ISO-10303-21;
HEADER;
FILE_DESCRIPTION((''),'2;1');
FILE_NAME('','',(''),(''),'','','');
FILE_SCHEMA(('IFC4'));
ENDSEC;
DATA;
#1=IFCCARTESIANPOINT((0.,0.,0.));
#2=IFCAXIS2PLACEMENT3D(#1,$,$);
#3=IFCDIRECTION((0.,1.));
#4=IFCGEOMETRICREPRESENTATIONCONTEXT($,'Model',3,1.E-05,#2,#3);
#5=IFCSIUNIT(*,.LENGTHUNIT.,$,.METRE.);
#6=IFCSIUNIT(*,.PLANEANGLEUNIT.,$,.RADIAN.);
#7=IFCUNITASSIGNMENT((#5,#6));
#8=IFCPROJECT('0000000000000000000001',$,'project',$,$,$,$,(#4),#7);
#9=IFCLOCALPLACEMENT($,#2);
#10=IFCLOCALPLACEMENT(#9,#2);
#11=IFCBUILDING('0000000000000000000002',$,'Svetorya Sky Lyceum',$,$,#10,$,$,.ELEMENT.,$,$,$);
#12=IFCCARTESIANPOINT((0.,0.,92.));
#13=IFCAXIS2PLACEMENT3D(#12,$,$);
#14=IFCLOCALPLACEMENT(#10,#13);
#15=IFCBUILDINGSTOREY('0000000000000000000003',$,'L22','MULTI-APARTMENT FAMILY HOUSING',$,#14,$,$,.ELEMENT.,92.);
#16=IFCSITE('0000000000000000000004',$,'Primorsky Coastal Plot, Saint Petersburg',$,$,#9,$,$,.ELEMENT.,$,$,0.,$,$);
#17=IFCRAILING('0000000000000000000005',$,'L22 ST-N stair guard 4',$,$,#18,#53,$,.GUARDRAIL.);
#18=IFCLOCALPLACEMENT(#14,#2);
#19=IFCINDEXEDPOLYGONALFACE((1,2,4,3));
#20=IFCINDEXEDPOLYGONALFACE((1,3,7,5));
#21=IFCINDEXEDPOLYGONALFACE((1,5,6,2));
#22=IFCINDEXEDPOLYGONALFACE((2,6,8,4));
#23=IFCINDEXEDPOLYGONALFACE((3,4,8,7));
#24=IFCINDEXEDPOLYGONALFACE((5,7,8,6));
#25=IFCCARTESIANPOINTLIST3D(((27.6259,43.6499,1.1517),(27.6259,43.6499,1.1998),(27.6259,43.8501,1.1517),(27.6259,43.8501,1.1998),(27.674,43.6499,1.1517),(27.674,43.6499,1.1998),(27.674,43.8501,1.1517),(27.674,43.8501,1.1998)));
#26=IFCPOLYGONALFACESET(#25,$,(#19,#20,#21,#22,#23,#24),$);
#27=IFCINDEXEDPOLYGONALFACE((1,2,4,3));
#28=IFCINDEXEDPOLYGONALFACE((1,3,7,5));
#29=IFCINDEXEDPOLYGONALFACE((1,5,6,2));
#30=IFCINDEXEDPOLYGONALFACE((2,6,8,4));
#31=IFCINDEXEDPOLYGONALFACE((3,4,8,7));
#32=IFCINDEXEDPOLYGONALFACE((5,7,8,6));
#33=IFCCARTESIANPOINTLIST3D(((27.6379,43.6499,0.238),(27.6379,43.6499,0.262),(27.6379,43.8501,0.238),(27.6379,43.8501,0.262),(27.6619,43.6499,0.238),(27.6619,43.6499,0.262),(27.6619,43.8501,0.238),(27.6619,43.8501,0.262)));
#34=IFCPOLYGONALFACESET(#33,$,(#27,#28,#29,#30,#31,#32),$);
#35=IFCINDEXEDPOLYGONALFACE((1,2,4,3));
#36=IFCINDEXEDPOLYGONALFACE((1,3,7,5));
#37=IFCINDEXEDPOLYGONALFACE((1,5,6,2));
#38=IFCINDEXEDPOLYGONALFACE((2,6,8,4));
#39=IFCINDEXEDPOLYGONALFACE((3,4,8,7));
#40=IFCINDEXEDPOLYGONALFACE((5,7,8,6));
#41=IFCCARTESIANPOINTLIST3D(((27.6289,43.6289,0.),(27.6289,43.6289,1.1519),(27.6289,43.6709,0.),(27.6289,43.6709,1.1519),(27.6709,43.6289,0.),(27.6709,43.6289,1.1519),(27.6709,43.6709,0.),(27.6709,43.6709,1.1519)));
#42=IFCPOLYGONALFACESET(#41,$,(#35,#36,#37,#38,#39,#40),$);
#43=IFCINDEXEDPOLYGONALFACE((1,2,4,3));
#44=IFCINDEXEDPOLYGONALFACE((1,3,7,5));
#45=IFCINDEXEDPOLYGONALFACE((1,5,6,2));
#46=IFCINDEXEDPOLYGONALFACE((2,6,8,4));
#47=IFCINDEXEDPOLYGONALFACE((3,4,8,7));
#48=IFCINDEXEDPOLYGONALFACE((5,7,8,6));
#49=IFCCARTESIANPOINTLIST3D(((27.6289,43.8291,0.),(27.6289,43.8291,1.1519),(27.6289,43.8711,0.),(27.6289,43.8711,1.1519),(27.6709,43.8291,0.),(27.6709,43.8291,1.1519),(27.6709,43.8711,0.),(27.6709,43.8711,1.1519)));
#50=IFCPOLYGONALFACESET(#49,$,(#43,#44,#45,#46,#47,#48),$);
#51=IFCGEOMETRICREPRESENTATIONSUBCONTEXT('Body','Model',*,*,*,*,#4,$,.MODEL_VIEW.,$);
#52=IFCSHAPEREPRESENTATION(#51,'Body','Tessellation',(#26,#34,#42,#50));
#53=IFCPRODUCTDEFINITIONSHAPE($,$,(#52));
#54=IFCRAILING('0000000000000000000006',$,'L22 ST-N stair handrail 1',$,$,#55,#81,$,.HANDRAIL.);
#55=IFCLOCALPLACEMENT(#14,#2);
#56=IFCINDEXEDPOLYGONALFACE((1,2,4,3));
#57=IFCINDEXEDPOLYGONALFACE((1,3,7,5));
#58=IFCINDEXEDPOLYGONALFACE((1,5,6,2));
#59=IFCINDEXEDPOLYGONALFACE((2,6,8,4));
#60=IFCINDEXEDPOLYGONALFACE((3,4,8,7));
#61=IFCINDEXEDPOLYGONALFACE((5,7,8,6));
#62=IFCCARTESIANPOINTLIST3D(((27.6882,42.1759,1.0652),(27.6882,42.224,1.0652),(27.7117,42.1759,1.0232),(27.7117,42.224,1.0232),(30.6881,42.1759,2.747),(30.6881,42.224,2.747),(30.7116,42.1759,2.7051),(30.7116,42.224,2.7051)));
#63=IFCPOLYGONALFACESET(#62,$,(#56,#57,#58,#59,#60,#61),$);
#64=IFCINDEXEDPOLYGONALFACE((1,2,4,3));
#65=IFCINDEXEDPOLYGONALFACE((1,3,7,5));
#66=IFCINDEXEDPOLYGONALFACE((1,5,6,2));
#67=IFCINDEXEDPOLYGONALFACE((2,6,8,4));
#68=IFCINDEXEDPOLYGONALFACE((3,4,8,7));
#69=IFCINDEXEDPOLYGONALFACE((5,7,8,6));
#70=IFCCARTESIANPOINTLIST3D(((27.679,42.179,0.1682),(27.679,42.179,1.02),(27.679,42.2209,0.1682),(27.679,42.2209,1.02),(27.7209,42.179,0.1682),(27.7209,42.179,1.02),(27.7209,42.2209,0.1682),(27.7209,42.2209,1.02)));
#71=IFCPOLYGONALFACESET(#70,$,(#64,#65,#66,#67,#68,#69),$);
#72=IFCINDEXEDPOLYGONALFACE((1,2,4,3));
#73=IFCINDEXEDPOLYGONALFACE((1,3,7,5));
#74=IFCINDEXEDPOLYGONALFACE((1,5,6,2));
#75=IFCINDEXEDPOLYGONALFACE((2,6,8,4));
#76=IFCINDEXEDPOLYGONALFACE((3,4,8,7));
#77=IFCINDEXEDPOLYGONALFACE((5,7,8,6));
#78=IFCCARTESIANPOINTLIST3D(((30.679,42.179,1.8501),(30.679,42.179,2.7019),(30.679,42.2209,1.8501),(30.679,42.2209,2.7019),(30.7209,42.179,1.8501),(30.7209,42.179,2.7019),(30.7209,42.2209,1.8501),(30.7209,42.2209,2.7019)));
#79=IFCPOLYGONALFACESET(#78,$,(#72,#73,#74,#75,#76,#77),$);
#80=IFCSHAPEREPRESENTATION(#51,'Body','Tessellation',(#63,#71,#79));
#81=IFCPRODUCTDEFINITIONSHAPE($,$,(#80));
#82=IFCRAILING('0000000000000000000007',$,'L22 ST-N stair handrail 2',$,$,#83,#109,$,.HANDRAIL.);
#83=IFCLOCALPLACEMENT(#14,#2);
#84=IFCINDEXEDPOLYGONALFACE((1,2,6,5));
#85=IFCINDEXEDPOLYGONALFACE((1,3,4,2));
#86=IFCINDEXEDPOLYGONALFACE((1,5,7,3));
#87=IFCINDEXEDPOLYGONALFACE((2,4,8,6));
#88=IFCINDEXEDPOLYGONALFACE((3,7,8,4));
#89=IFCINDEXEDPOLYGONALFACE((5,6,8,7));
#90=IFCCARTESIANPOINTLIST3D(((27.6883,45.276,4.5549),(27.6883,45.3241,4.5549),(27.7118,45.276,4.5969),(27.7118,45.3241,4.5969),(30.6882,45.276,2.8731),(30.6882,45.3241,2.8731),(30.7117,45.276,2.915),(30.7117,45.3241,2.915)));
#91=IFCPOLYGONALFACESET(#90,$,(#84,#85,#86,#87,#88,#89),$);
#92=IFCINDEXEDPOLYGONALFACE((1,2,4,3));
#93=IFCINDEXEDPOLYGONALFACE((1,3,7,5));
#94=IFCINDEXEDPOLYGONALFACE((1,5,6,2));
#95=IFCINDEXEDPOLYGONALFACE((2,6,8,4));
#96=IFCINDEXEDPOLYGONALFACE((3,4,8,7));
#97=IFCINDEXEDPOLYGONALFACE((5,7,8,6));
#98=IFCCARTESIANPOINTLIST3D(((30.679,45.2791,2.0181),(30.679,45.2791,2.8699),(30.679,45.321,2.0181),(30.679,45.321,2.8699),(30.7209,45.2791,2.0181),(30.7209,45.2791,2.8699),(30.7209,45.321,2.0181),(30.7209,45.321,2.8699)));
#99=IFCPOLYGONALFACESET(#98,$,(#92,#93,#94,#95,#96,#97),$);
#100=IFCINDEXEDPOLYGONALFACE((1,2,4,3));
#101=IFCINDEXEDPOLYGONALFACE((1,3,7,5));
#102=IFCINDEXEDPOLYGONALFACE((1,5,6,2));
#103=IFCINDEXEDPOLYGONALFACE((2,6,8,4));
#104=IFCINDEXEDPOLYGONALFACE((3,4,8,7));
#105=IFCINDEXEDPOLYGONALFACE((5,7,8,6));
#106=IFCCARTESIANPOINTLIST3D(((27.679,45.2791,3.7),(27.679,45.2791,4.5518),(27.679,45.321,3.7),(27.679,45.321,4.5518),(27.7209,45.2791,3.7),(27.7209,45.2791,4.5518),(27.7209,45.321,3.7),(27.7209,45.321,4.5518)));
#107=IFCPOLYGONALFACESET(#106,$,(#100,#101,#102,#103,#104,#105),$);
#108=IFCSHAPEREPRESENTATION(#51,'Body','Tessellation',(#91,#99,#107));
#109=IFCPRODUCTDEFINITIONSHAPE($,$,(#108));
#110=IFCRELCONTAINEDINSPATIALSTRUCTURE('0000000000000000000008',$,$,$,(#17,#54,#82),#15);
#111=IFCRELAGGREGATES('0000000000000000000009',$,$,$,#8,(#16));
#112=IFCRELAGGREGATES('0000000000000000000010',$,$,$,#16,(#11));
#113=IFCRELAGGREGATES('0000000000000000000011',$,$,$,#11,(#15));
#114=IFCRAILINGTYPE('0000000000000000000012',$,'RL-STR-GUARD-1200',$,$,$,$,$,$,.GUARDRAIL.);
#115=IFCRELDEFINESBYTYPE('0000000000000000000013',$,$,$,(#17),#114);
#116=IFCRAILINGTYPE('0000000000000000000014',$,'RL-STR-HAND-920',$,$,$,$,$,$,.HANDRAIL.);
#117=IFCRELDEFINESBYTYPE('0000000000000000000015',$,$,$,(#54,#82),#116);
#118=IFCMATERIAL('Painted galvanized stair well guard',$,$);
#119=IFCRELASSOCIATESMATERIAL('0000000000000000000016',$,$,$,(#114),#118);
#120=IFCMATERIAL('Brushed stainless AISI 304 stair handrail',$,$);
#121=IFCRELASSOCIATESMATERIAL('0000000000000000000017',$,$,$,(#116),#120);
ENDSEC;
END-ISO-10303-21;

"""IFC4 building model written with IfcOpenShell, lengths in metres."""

from ifc_helpers import new_model, si_unit, direction, frame, origin, origin_2d, place, context, subcontext, project, spatial, rectangle, extrude, material, type_object, element, save


model = new_model("IFC4")

# Units and contexts
model_context = context("Model", 3, precision=1e-05, world=origin(), true_north=direction((0.0, 1.0)))
body_context = subcontext(model_context, "Body", "Model", "MODEL_VIEW")
ifc_project = project(units=[si_unit("LENGTHUNIT", "METRE"), si_unit("PLANEANGLEUNIT", "RADIAN")], contexts=[model_context])

# Site, building, storey
site_placement = place(None, origin())
site = spatial("IfcSite", under=ifc_project, at=site_placement, Name="Primorsky Coastal Plot, Saint Petersburg", CompositionType="ELEMENT", RefElevation=0.0)
building_placement = place(site_placement, origin())
building = spatial("IfcBuilding", under=site, at=building_placement, Name="Svetorya Sky Lyceum", CompositionType="ELEMENT")
storey_placement = place(building_placement, frame((0.0, 0.0, 92.0)))
storey = spatial("IfcBuildingStorey", under=building, at=storey_placement, Name="L22", Description="MULTI-APARTMENT FAMILY HOUSING", CompositionType="ELEMENT", Elevation=92.0)

# Railings
ifc_material_1 = material(Name="Painted galvanized stair well guard")
railing_type_1 = type_object("IfcRailingType", Name="RL-STR-GUARD-1200", PredefinedType="GUARDRAIL", material=ifc_material_1)
railing_1_placement = place(storey_placement, frame((27.6499, 43.6499, 0.0)))
element("IfcRailing", 1, at=railing_1_placement, inside=storey, type_object=railing_type_1, Name="L22 ST-N stair guard 4", PredefinedType="GUARDRAIL", context=body_context, shape_type="SweptSolid", body=[
    extrude(rectangle(XDim=0.0481, YDim=0.0481, at=origin_2d()), frame((0.0, 0.0, 1.1758), z_axis=(0.0, 1.0, 0.0), x_axis=(-1.0, 0.0, 0.0)), (0.0, 0.0, 1.0), 0.2002),
    extrude(rectangle(XDim=0.0239, YDim=0.0239, at=origin_2d()), frame((0.0, 0.0, 0.25), z_axis=(0.0, 1.0, 0.0), x_axis=(-1.0, 0.0, 0.0)), (0.0, 0.0, 1.0), 0.2002),
    extrude(rectangle(XDim=0.042, YDim=0.042, at=origin_2d()), origin(), (0.0, 0.0, 1.0), 1.1519),
    extrude(rectangle(XDim=0.042, YDim=0.042, at=origin_2d()), frame((0.0, 0.2002, 0.0)), (0.0, 0.0, 1.0), 1.1519),
])
ifc_material_2 = material(Name="Brushed stainless AISI 304 stair handrail")
railing_type_2 = type_object("IfcRailingType", Name="RL-STR-HAND-920", PredefinedType="HANDRAIL", material=ifc_material_2)
railing_2_placement = place(storey_placement, frame((27.7, 42.2, 0.1682)))
element("IfcRailing", 2, at=railing_2_placement, inside=storey, type_object=railing_type_2, Name="L22 ST-N stair handrail 1", PredefinedType="HANDRAIL", context=body_context, shape_type="SweptSolid", body=[
    extrude(rectangle(XDim=0.0481, YDim=0.0481, at=origin_2d()), frame((0.0, 0.0, 0.876), z_axis=(0.872272, 0.0, 0.48902), x_axis=(0.0, 1.0, 0.0)), (0.0, 0.0, 1.0), 3.4392),
    extrude(rectangle(XDim=0.042, YDim=0.042, at=origin_2d()), origin(), (0.0, 0.0, 1.0), 0.8518),
    extrude(rectangle(XDim=0.042, YDim=0.042, at=origin_2d()), frame((3.0, 0.0, 1.6819)), (0.0, 0.0, 1.0), 0.8518),
])
railing_3_placement = place(storey_placement, frame((30.7, 45.3, 2.0181)))
element("IfcRailing", 3, at=railing_3_placement, inside=storey, type_object=railing_type_2, Name="L22 ST-N stair handrail 2", PredefinedType="HANDRAIL", context=body_context, shape_type="SweptSolid", body=[
    extrude(rectangle(XDim=0.0481, YDim=0.0481, at=origin_2d()), frame((0.0, 0.0, 0.876), z_axis=(-0.872272, 0.0, 0.48902), x_axis=(0.0, -1.0, 0.0)), (0.0, 0.0, 1.0), 3.4392),
    extrude(rectangle(XDim=0.042, YDim=0.042, at=origin_2d()), origin(), (0.0, 0.0, 1.0), 0.8518),
    extrude(rectangle(XDim=0.042, YDim=0.042, at=origin_2d()), frame((-3.0, 0.0, 1.6819)), (0.0, 0.0, 1.0), 0.8518),
])

save(model, "model.ifc")
